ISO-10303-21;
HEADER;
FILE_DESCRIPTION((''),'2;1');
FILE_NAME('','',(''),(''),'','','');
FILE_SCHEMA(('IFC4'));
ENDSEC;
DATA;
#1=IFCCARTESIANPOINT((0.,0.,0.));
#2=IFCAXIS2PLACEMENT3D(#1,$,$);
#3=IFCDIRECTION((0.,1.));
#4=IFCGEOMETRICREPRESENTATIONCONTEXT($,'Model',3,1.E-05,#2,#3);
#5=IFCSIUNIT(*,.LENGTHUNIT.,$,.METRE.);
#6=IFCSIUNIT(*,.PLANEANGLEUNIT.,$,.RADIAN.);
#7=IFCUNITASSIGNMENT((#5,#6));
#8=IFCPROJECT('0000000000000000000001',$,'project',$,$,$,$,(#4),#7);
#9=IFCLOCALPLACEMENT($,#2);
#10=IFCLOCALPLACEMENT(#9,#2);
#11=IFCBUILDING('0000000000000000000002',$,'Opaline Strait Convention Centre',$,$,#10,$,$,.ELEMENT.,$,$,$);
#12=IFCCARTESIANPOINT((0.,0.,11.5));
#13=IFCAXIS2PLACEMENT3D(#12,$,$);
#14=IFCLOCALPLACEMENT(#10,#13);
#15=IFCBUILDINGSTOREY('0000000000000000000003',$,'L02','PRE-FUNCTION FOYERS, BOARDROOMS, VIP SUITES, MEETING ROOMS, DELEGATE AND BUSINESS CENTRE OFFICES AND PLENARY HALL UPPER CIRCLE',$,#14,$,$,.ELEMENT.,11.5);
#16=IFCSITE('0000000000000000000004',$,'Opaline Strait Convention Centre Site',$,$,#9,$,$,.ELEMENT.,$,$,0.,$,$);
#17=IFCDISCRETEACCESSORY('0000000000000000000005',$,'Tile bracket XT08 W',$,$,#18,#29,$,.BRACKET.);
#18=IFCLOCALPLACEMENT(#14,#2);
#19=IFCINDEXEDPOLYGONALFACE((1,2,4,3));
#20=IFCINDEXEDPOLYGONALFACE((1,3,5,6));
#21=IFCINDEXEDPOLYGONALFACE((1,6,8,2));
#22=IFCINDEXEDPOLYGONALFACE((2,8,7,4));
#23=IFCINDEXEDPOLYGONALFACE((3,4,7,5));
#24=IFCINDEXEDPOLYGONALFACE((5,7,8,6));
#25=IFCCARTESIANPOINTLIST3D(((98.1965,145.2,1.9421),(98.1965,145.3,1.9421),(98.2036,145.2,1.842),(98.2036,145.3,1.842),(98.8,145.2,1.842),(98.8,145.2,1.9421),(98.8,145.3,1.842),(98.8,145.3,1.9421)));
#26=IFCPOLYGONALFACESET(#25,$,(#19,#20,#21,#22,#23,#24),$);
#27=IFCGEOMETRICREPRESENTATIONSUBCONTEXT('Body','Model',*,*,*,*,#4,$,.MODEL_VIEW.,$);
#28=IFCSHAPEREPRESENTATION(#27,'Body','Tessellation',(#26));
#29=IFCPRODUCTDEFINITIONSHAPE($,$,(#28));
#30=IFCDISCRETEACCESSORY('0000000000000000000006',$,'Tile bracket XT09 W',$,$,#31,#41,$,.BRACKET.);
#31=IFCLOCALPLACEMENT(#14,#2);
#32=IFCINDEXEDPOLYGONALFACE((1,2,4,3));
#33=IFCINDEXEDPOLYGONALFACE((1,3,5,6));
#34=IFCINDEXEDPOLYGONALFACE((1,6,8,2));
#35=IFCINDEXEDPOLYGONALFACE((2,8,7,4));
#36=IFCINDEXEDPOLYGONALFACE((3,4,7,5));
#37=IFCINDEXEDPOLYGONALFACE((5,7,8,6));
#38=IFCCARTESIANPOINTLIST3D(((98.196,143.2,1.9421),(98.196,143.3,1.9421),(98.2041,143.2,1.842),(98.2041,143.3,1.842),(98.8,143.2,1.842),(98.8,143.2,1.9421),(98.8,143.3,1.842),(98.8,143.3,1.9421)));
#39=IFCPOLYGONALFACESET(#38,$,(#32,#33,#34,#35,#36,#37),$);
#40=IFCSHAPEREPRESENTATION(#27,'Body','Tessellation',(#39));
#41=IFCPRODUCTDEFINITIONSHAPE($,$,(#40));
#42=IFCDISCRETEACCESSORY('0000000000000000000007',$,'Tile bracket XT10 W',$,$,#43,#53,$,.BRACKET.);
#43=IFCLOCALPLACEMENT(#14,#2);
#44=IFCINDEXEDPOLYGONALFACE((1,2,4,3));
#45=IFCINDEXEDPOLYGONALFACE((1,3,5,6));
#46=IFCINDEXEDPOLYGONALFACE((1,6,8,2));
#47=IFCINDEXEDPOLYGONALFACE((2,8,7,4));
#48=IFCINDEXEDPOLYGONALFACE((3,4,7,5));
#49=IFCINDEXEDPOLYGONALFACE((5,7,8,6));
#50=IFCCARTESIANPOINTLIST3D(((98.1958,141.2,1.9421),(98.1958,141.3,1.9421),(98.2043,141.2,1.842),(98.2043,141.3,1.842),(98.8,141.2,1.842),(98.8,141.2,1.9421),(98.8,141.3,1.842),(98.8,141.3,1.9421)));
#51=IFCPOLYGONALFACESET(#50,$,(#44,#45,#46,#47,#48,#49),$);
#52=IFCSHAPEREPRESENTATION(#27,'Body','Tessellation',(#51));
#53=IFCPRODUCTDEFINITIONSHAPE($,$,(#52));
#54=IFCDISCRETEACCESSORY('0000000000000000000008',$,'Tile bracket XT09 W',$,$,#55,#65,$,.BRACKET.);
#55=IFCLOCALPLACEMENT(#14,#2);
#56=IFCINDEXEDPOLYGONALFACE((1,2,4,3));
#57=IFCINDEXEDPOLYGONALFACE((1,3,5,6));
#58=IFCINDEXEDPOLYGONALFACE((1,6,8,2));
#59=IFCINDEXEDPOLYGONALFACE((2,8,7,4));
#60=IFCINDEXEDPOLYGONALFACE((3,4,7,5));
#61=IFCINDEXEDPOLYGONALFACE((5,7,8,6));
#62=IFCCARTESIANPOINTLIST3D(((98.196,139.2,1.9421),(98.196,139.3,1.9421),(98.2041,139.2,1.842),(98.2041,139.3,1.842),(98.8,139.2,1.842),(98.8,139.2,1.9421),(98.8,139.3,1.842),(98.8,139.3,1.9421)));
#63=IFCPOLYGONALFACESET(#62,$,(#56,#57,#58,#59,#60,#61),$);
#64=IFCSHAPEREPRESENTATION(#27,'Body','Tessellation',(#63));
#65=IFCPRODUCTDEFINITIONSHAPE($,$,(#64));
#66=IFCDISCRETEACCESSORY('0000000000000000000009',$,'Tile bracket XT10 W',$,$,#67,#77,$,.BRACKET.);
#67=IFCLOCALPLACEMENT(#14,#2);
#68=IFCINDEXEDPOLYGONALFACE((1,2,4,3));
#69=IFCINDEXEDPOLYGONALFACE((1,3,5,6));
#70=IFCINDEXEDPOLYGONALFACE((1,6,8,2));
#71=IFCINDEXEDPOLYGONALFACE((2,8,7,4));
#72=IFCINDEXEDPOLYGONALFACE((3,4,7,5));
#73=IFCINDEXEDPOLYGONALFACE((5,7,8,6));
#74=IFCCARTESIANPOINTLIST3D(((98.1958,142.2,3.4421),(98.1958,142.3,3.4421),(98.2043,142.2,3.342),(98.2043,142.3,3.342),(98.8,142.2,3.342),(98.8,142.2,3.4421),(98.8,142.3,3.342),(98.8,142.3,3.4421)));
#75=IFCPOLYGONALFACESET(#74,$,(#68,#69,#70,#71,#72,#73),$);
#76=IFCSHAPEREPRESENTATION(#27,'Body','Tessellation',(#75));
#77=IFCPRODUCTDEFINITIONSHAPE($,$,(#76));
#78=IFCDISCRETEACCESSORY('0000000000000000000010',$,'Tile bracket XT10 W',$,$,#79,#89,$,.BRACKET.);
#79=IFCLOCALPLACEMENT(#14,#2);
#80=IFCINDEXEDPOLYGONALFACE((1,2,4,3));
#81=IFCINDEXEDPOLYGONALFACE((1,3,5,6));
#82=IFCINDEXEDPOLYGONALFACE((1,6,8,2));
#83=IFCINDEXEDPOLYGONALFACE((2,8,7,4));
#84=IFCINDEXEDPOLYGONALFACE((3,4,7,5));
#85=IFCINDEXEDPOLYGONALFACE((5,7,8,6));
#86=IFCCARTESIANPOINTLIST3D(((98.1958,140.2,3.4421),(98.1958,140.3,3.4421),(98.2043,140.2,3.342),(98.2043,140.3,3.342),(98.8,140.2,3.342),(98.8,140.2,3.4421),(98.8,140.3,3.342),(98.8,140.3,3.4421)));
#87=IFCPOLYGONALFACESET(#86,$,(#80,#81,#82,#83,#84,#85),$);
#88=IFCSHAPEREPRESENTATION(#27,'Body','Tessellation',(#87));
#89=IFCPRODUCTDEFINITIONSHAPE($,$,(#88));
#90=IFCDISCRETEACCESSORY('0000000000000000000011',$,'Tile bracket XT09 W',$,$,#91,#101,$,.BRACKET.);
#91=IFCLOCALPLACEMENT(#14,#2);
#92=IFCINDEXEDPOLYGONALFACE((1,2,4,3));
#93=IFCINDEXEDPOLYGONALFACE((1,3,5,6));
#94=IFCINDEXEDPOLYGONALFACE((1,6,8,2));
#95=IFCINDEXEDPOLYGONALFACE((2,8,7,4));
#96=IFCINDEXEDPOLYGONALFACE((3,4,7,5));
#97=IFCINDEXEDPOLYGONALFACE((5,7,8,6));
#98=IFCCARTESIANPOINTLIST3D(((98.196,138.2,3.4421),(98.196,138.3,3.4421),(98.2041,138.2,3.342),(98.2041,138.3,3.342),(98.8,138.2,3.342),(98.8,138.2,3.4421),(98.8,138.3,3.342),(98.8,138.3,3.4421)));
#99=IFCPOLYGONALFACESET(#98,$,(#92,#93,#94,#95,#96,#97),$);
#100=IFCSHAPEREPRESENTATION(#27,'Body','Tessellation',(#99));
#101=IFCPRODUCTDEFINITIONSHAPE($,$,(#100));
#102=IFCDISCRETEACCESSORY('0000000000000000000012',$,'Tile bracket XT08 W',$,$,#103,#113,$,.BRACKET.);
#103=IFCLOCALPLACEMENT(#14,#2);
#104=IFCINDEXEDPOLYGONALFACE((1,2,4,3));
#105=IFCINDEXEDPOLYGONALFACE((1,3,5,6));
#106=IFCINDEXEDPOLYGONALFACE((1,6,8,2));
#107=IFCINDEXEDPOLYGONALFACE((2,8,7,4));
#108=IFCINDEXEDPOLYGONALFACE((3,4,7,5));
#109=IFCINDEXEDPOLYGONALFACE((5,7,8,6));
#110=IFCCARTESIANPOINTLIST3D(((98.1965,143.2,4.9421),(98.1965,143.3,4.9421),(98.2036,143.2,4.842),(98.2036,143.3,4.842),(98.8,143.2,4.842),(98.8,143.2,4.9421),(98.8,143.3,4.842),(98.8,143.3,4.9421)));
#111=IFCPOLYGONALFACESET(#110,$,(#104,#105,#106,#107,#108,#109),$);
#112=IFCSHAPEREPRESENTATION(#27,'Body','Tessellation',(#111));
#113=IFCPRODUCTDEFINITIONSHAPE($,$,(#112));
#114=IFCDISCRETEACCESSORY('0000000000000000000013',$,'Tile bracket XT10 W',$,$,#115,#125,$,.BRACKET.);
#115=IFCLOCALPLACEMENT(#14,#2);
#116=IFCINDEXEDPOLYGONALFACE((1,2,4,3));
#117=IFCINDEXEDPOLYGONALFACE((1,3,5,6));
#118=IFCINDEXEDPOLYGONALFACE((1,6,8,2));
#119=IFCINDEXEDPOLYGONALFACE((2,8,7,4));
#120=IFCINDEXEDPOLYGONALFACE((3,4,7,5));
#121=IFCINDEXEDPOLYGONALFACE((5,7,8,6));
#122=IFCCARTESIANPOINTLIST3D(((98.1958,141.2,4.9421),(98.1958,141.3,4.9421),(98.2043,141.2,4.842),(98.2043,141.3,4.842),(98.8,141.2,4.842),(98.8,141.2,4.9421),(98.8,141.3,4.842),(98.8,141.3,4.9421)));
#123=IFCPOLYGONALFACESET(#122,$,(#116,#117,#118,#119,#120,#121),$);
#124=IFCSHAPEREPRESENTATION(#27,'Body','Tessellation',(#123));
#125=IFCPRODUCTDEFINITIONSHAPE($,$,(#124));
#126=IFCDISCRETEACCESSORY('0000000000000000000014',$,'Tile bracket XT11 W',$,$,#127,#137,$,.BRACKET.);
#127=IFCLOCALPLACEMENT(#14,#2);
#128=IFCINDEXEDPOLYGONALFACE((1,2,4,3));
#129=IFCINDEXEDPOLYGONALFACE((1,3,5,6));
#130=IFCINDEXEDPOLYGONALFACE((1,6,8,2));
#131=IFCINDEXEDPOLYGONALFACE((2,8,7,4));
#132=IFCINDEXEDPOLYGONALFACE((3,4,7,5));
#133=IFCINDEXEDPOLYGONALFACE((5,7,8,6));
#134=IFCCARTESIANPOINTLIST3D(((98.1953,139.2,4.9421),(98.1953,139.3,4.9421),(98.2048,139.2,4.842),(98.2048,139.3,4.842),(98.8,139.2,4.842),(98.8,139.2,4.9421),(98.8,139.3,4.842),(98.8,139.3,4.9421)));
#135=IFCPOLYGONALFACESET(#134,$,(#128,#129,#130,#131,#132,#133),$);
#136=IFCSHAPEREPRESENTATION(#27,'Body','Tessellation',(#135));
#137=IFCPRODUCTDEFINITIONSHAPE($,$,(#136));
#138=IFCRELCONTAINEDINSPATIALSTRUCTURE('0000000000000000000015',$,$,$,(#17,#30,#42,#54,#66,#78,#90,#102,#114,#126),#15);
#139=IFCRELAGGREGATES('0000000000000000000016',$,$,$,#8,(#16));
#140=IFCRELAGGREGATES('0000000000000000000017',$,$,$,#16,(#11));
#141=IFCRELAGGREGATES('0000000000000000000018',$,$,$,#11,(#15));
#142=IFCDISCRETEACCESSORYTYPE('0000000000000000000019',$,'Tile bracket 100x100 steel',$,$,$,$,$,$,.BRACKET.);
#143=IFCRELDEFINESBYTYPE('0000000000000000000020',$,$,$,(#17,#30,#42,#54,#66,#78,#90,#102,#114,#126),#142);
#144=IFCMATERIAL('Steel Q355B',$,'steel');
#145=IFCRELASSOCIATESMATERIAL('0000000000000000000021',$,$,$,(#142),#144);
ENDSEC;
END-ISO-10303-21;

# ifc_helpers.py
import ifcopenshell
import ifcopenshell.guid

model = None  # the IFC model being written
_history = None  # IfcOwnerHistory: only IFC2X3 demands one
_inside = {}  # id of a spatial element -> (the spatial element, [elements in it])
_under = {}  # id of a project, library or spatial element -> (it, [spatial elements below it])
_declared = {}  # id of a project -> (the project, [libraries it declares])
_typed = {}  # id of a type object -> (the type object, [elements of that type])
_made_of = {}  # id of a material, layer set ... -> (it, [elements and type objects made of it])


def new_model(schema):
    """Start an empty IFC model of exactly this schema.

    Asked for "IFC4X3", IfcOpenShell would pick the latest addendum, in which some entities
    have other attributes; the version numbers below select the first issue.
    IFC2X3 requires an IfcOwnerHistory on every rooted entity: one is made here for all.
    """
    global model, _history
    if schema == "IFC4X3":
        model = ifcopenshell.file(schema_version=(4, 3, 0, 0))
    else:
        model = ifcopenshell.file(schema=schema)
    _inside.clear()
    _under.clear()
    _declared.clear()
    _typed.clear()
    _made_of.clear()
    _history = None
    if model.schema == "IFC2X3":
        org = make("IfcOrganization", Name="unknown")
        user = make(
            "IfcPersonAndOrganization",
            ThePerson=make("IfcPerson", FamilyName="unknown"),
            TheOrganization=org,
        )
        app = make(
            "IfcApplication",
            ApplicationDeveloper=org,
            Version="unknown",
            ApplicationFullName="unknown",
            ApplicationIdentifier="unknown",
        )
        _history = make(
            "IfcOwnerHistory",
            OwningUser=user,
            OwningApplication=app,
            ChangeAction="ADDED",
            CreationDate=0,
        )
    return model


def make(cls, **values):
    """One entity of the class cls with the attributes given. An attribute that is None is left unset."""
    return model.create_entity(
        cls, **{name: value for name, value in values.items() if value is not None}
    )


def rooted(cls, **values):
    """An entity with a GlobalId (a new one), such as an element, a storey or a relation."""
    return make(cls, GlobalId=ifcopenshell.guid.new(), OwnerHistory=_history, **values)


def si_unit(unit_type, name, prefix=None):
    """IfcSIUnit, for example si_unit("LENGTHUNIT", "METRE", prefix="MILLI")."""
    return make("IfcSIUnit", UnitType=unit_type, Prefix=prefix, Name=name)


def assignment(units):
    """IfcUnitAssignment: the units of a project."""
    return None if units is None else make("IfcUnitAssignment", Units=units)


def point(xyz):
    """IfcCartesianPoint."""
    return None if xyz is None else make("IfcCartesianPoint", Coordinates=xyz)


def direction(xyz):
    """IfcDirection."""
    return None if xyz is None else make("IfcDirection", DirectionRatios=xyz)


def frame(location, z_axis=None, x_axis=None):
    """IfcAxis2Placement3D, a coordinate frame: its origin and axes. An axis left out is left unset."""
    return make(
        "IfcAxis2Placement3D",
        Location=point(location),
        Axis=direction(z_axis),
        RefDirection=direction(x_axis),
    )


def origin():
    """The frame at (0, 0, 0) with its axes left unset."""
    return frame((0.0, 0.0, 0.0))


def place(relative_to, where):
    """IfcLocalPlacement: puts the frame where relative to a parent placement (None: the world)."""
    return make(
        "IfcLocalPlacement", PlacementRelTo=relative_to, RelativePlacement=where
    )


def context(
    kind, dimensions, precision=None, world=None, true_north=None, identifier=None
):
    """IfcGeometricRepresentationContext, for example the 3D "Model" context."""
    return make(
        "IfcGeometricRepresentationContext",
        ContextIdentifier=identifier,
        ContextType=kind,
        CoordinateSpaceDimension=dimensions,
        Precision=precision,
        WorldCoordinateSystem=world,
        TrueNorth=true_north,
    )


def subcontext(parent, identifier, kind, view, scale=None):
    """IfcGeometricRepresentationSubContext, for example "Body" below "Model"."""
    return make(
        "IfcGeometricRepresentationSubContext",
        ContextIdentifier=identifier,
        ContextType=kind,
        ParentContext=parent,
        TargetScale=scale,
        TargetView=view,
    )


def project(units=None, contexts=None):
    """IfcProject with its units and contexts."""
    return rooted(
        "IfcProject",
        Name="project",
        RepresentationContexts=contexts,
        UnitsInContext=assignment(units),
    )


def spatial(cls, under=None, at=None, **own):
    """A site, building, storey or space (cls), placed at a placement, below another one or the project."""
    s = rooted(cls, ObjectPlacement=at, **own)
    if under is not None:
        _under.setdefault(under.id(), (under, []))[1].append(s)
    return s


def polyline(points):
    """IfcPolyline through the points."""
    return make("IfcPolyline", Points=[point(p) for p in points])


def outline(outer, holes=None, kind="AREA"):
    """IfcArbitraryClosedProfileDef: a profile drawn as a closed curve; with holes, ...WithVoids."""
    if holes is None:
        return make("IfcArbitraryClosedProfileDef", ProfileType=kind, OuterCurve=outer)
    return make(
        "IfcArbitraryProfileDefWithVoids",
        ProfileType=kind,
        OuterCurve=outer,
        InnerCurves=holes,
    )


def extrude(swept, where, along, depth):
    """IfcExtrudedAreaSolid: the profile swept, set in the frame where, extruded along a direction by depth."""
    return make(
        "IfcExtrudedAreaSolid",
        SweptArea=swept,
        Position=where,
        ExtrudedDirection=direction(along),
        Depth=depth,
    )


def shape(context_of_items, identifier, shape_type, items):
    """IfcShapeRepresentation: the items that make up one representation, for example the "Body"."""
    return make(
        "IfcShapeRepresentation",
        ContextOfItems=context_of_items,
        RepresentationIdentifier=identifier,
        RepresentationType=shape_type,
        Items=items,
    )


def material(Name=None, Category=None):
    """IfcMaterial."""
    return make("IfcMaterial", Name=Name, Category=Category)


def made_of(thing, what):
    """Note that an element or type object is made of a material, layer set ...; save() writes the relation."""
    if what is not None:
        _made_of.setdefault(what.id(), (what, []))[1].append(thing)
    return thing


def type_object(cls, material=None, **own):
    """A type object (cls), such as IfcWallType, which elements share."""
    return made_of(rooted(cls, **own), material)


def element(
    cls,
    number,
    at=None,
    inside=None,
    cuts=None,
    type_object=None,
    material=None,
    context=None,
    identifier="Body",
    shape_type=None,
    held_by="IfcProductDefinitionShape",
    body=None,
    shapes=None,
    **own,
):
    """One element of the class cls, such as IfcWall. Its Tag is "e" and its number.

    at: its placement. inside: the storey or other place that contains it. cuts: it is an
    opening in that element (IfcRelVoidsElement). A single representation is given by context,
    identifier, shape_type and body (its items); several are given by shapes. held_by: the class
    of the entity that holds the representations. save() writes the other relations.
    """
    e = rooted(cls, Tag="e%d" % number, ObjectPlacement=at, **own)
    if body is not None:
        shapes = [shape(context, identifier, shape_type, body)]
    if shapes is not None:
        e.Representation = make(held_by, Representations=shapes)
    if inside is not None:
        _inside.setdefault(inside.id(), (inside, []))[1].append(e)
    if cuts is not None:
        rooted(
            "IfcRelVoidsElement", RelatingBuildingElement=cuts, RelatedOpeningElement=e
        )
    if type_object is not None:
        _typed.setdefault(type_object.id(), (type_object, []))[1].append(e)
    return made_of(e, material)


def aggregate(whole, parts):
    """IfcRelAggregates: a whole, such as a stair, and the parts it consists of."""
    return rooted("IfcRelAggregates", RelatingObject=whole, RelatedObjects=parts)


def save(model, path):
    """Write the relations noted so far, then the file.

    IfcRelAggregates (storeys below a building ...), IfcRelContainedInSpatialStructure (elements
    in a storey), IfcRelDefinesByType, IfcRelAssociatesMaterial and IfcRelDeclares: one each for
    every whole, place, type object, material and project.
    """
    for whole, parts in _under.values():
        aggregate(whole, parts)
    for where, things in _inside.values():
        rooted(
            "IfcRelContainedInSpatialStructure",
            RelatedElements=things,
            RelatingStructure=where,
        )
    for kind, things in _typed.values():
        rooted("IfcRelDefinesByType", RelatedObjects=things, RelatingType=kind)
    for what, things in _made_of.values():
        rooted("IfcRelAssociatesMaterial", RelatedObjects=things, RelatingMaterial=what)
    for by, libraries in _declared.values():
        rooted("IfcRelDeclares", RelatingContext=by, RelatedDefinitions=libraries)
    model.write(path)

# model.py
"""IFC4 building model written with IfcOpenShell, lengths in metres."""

from ifc_helpers import new_model, si_unit, direction, frame, origin, place, context, subcontext, project, spatial, polyline, outline, extrude, material, type_object, element, save


model = new_model("IFC4")

# Units and contexts
model_context = context("Model", 3, precision=1e-05, world=origin(), true_north=direction((0.0, 1.0)))
body_context = subcontext(model_context, "Body", "Model", "MODEL_VIEW")
ifc_project = project(units=[si_unit("LENGTHUNIT", "METRE"), si_unit("PLANEANGLEUNIT", "RADIAN")], contexts=[model_context])

# Site, building, storey
site_placement = place(None, origin())
site = spatial("IfcSite", under=ifc_project, at=site_placement, Name="Opaline Strait Convention Centre Site", CompositionType="ELEMENT", RefElevation=0.0)
building_placement = place(site_placement, origin())
building = spatial("IfcBuilding", under=site, at=building_placement, Name="Opaline Strait Convention Centre", CompositionType="ELEMENT")
storey_placement = place(building_placement, frame((0.0, 0.0, 11.5)))
storey = spatial("IfcBuildingStorey", under=building, at=storey_placement, Name="L02", Description="PRE-FUNCTION FOYERS, BOARDROOMS, VIP SUITES, MEETING ROOMS, DELEGATE AND BUSINESS CENTRE OFFICES AND PLENARY HALL UPPER CIRCLE", CompositionType="ELEMENT", Elevation=11.5)

# Discrete accessories
ifc_material_1 = material(Name="Steel Q355B", Category="steel")
discrete_accessory_type = type_object("IfcDiscreteAccessoryType", Name="Tile bracket 100x100 steel", PredefinedType="BRACKET", material=ifc_material_1)
discrete_accessory_1_placement = place(storey_placement, frame((98.8, 145.3, 1.8921), z_axis=(0.0, -1.0, 0.0), x_axis=(1.0, 0.0, 0.0)))
element("IfcDiscreteAccessory", 1, at=discrete_accessory_1_placement, inside=storey, type_object=discrete_accessory_type, Name="Tile bracket XT08 W", PredefinedType="BRACKET", context=body_context, shape_type="SweptSolid", body=[
    extrude(outline(polyline([(0.0, -0.05), (0.0, 0.05), (-0.6035, 0.05), (-0.5964, -0.05), (0.0, -0.05)])), origin(), (0.0, 0.0, 1.0), 0.1001),
])
discrete_accessory_2_placement = place(storey_placement, frame((98.8, 143.3, 1.8921), z_axis=(0.0, -1.0, 0.0), x_axis=(1.0, 0.0, 0.0)))
element("IfcDiscreteAccessory", 2, at=discrete_accessory_2_placement, inside=storey, type_object=discrete_accessory_type, Name="Tile bracket XT09 W", PredefinedType="BRACKET", context=body_context, shape_type="SweptSolid", body=[
    extrude(outline(polyline([(0.0, -0.05), (0.0, 0.05), (-0.604, 0.05), (-0.5959, -0.05), (0.0, -0.05)])), origin(), (0.0, 0.0, 1.0), 0.1001),
])
discrete_accessory_3_placement = place(storey_placement, frame((98.8, 141.3, 1.8921), z_axis=(0.0, -1.0, 0.0), x_axis=(1.0, 0.0, 0.0)))
element("IfcDiscreteAccessory", 3, at=discrete_accessory_3_placement, inside=storey, type_object=discrete_accessory_type, Name="Tile bracket XT10 W", PredefinedType="BRACKET", context=body_context, shape_type="SweptSolid", body=[
    extrude(outline(polyline([(0.0, -0.05), (0.0, 0.05), (-0.6042, 0.05), (-0.5957, -0.05), (0.0, -0.05)])), origin(), (0.0, 0.0, 1.0), 0.1001),
])
discrete_accessory_4_placement = place(storey_placement, frame((98.8, 139.3, 1.8921), z_axis=(0.0, -1.0, 0.0), x_axis=(1.0, 0.0, 0.0)))
element("IfcDiscreteAccessory", 4, at=discrete_accessory_4_placement, inside=storey, type_object=discrete_accessory_type, Name="Tile bracket XT09 W", PredefinedType="BRACKET", context=body_context, shape_type="SweptSolid", body=[
    extrude(outline(polyline([(0.0, -0.05), (0.0, 0.05), (-0.604, 0.05), (-0.5959, -0.05), (0.0, -0.05)])), origin(), (0.0, 0.0, 1.0), 0.1001),
])
for number, where, z_axis, x_axis, name in (
    (5, (98.8, 142.3, 3.3921), (0.0, -1.0, 0.0), (1.0, 0.0, 0.0), "Tile bracket XT10 W"),
    (6, (98.8, 140.3, 3.3921), (0.0, -1.0, 0.0), (1.0, 0.0, 0.0), "Tile bracket XT10 W"),
):
    element("IfcDiscreteAccessory", number, at=place(storey_placement, frame(where, z_axis=z_axis, x_axis=x_axis)), inside=storey, type_object=discrete_accessory_type, Name=name, PredefinedType="BRACKET", context=body_context, shape_type="SweptSolid", body=[
        extrude(outline(polyline([(0.0, -0.05), (0.0, 0.05), (-0.6042, 0.05), (-0.5957, -0.05), (0.0, -0.05)])), origin(), (0.0, 0.0, 1.0), 0.1001),
    ])
discrete_accessory_5_placement = place(storey_placement, frame((98.8, 138.3, 3.3921), z_axis=(0.0, -1.0, 0.0), x_axis=(1.0, 0.0, 0.0)))
element("IfcDiscreteAccessory", 7, at=discrete_accessory_5_placement, inside=storey, type_object=discrete_accessory_type, Name="Tile bracket XT09 W", PredefinedType="BRACKET", context=body_context, shape_type="SweptSolid", body=[
    extrude(outline(polyline([(0.0, -0.05), (0.0, 0.05), (-0.604, 0.05), (-0.5959, -0.05), (0.0, -0.05)])), origin(), (0.0, 0.0, 1.0), 0.1001),
])
discrete_accessory_6_placement = place(storey_placement, frame((98.8, 143.3, 4.8921), z_axis=(0.0, -1.0, 0.0), x_axis=(1.0, 0.0, 0.0)))
element("IfcDiscreteAccessory", 8, at=discrete_accessory_6_placement, inside=storey, type_object=discrete_accessory_type, Name="Tile bracket XT08 W", PredefinedType="BRACKET", context=body_context, shape_type="SweptSolid", body=[
    extrude(outline(polyline([(0.0, -0.05), (0.0, 0.05), (-0.6035, 0.05), (-0.5964, -0.05), (0.0, -0.05)])), origin(), (0.0, 0.0, 1.0), 0.1001),
])
discrete_accessory_7_placement = place(storey_placement, frame((98.8, 141.3, 4.8921), z_axis=(0.0, -1.0, 0.0), x_axis=(1.0, 0.0, 0.0)))
element("IfcDiscreteAccessory", 9, at=discrete_accessory_7_placement, inside=storey, type_object=discrete_accessory_type, Name="Tile bracket XT10 W", PredefinedType="BRACKET", context=body_context, shape_type="SweptSolid", body=[
    extrude(outline(polyline([(0.0, -0.05), (0.0, 0.05), (-0.6042, 0.05), (-0.5957, -0.05), (0.0, -0.05)])), origin(), (0.0, 0.0, 1.0), 0.1001),
])
discrete_accessory_8_placement = place(storey_placement, frame((98.8, 139.3, 4.8921), z_axis=(0.0, -1.0, 0.0), x_axis=(1.0, 0.0, 0.0)))
element("IfcDiscreteAccessory", 10, at=discrete_accessory_8_placement, inside=storey, type_object=discrete_accessory_type, Name="Tile bracket XT11 W", PredefinedType="BRACKET", context=body_context, shape_type="SweptSolid", body=[
    extrude(outline(polyline([(0.0, -0.05), (0.0, 0.05), (-0.6047, 0.05), (-0.5952, -0.05), (0.0, -0.05)])), origin(), (0.0, 0.0, 1.0), 0.1001),
])

save(model, "model.ifc")
